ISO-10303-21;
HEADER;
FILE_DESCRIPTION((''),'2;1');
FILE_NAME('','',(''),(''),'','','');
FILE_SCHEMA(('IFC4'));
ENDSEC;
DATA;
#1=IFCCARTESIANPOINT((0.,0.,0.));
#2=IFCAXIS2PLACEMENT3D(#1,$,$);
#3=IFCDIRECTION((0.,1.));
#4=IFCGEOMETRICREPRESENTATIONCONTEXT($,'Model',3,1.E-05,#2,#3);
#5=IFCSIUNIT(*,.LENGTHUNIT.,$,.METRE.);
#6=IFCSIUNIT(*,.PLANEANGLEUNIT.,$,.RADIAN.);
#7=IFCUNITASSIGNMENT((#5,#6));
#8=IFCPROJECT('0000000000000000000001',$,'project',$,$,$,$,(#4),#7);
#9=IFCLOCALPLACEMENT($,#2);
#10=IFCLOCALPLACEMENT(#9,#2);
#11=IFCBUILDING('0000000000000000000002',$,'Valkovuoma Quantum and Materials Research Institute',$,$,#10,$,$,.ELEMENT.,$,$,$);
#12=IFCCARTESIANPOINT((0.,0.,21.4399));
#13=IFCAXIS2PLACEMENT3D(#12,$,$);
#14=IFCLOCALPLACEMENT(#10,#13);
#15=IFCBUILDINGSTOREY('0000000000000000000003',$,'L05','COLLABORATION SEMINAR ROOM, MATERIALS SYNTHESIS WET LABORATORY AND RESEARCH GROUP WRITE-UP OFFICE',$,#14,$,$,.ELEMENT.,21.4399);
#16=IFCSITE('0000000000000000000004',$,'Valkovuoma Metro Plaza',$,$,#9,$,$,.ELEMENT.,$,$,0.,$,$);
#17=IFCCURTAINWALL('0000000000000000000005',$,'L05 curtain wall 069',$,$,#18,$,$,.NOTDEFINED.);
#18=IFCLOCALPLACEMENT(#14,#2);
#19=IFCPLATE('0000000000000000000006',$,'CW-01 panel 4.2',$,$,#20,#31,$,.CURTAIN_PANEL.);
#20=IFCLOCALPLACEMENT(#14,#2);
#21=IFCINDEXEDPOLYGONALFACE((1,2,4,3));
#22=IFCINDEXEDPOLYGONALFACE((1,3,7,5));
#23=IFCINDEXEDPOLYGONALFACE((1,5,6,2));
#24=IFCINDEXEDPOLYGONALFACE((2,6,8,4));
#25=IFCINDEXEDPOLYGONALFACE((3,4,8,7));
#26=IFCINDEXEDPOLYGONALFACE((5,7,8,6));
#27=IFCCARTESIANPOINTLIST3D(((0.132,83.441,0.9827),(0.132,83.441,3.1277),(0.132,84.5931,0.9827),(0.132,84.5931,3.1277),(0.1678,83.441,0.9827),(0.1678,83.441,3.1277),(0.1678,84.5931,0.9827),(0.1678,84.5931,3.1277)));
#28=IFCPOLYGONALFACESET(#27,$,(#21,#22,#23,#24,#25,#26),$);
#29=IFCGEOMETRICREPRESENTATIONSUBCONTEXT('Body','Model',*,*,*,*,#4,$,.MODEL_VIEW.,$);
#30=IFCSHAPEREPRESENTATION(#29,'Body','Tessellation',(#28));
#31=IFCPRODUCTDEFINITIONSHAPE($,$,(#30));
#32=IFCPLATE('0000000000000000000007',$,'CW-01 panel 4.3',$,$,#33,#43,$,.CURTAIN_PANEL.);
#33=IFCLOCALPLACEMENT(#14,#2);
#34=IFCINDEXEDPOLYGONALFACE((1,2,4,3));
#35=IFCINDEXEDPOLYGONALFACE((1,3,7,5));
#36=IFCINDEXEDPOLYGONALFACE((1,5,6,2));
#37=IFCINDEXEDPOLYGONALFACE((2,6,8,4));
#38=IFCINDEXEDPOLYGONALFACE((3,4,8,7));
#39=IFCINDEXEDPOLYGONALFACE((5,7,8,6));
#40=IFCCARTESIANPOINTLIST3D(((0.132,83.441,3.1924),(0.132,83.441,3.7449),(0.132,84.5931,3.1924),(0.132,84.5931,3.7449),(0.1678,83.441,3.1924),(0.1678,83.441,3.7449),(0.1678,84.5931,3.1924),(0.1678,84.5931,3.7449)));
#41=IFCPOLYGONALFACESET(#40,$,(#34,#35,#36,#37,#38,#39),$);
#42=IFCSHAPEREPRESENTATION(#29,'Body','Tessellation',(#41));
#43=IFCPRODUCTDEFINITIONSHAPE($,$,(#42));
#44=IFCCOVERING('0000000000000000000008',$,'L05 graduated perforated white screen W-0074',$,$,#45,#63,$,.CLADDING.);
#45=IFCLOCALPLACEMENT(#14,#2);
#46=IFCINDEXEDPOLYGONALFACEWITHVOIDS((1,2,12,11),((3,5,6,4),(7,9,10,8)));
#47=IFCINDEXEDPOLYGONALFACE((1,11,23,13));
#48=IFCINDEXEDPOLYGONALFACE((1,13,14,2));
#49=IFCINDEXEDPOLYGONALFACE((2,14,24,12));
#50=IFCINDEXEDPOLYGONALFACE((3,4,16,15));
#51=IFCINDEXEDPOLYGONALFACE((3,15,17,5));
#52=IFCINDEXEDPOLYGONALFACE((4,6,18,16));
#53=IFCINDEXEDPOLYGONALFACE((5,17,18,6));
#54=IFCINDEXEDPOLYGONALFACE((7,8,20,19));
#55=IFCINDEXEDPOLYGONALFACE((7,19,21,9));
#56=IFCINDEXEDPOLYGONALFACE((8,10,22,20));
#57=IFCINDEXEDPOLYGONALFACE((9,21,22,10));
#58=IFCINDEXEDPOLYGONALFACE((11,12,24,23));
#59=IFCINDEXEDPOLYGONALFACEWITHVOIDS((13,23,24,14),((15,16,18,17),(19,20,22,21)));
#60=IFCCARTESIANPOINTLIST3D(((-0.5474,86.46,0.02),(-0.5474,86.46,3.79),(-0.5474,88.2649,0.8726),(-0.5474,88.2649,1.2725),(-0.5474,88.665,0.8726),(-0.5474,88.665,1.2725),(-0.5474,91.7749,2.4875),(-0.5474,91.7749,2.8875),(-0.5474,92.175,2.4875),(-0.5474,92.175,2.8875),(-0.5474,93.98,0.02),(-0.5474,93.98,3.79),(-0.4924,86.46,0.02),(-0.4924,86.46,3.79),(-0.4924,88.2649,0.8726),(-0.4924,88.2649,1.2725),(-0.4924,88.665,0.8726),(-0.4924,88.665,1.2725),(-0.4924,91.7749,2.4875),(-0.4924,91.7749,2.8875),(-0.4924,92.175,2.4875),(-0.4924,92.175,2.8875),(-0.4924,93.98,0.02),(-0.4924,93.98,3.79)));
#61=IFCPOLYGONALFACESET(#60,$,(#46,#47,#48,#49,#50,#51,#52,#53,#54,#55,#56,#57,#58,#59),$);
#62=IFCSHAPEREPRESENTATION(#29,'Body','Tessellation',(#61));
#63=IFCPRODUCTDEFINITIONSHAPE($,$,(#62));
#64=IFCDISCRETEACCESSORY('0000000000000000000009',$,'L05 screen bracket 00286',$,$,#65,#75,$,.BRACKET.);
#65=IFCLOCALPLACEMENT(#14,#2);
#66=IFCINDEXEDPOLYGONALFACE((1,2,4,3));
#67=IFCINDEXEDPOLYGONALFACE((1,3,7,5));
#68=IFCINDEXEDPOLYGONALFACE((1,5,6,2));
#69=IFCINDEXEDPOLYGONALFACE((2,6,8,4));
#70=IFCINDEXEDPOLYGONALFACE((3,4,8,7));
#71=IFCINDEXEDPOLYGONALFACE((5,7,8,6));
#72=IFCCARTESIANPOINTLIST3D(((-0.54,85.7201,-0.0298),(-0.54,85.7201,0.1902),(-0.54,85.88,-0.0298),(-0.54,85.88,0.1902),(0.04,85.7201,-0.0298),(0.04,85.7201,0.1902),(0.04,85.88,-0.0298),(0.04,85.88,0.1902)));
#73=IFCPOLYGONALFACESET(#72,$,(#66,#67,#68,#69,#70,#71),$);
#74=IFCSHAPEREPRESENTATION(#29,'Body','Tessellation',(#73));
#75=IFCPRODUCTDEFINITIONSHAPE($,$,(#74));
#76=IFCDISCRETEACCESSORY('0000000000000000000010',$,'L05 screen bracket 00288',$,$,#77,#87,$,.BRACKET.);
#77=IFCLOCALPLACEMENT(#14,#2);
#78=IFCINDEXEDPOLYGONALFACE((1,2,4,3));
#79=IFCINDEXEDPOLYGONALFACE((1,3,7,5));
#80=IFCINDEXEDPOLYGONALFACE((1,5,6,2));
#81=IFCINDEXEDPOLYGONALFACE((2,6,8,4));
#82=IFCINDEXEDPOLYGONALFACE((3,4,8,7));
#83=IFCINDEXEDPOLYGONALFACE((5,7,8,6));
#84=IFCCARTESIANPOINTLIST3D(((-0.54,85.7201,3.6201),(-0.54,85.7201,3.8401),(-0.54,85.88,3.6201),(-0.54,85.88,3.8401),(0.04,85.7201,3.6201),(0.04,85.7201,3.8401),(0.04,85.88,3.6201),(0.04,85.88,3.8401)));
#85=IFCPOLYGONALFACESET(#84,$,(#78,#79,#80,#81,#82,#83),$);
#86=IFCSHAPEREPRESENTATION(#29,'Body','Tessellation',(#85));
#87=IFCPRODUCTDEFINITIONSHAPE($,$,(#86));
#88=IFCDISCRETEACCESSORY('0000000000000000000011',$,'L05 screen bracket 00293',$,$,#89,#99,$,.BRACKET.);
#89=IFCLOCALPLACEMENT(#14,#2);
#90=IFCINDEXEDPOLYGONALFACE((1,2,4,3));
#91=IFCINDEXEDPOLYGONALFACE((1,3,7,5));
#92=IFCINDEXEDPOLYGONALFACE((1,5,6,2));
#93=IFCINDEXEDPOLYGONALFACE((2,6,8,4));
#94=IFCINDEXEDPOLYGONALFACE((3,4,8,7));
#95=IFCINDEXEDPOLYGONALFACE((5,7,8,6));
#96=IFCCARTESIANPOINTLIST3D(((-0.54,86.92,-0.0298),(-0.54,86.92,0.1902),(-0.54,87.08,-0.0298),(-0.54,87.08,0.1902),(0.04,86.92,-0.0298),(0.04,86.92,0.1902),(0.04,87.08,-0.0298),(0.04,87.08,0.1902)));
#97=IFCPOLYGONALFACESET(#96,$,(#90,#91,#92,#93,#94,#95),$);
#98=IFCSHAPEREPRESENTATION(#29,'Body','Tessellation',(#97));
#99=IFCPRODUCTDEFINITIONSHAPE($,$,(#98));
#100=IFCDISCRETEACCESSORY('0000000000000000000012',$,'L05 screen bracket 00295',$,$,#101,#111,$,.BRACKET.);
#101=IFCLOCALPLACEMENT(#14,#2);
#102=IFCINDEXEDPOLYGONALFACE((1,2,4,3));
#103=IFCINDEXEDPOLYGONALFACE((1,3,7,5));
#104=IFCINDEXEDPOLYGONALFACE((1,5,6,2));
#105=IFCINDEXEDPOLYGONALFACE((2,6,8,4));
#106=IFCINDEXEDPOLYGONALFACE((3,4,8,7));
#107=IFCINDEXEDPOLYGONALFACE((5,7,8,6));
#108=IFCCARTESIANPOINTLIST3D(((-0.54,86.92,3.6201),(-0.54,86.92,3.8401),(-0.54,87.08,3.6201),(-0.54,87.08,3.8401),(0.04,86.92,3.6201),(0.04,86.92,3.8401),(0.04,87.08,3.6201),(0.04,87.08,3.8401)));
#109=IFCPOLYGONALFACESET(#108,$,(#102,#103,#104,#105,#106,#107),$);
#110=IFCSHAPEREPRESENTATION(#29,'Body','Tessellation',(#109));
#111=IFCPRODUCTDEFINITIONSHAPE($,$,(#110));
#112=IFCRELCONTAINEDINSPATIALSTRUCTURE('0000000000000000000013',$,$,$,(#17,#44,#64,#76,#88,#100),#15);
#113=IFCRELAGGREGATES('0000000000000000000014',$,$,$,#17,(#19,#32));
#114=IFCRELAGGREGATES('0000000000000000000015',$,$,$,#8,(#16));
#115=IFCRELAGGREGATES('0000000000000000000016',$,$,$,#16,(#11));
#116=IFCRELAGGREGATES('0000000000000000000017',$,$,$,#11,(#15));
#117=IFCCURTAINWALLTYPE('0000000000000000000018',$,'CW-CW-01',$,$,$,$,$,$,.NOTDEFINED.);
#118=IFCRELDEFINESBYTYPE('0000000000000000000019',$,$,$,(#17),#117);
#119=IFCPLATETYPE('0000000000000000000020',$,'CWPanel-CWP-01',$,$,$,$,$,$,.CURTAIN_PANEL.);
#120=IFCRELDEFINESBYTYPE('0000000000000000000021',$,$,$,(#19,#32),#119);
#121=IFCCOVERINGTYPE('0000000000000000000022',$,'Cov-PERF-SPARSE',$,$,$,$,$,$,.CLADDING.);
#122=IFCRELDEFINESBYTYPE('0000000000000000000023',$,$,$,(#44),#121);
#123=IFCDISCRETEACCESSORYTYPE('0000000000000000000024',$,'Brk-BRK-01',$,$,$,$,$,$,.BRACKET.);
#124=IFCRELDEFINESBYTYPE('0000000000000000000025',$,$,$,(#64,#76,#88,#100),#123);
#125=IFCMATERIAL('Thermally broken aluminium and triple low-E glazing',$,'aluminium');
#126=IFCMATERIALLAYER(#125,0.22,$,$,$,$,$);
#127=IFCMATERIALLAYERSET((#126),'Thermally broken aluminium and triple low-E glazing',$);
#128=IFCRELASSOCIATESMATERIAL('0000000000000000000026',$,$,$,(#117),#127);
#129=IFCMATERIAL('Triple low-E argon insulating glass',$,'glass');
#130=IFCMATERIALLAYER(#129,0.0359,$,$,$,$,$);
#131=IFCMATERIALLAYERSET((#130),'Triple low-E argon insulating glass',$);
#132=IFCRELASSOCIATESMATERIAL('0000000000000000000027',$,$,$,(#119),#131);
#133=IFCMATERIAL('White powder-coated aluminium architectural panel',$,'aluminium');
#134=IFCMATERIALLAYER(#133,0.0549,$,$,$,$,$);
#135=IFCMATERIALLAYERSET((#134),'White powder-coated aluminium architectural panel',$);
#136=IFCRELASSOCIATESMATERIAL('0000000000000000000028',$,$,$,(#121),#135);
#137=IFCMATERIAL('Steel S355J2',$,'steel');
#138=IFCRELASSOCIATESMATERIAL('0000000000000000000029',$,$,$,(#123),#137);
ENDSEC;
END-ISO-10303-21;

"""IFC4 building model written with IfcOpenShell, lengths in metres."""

from ifc_helpers import new_model, si_unit, direction, frame, origin, origin_2d, place, context, subcontext, project, spatial, polyline, rectangle, outline, extrude, material, layer, layer_set, type_object, element, aggregate, save


model = new_model("IFC4")

# Units and contexts
model_context = context("Model", 3, precision=1e-05, world=origin(), true_north=direction((0.0, 1.0)))
body_context = subcontext(model_context, "Body", "Model", "MODEL_VIEW")
ifc_project = project(units=[si_unit("LENGTHUNIT", "METRE"), si_unit("PLANEANGLEUNIT", "RADIAN")], contexts=[model_context])

# Site, building, storey
site_placement = place(None, origin())
site = spatial("IfcSite", under=ifc_project, at=site_placement, Name="Valkovuoma Metro Plaza", CompositionType="ELEMENT", RefElevation=0.0)
building_placement = place(site_placement, origin())
building = spatial("IfcBuilding", under=site, at=building_placement, Name="Valkovuoma Quantum and Materials Research Institute", CompositionType="ELEMENT")
storey_placement = place(building_placement, frame((0.0, 0.0, 21.4399)))
storey = spatial("IfcBuildingStorey", under=building, at=storey_placement, Name="L05", Description="COLLABORATION SEMINAR ROOM, MATERIALS SYNTHESIS WET LABORATORY AND RESEARCH GROUP WRITE-UP OFFICE", CompositionType="ELEMENT", Elevation=21.4399)

# Curtain wall, plates
ifc_material_1 = material(Name="Thermally broken aluminium and triple low-E glazing", Category="aluminium")
ifc_layer_1 = layer(ifc_material_1, 0.22)
ifc_layer_set_1 = layer_set([ifc_layer_1], Name="Thermally broken aluminium and triple low-E glazing")
curtain_wall_type = type_object("IfcCurtainWallType", Name="CW-CW-01", PredefinedType="NOTDEFINED", material=ifc_layer_set_1)
curtain_wall_placement = place(storey_placement, origin())
curtain_wall = element("IfcCurtainWall", 1, at=curtain_wall_placement, inside=storey, type_object=curtain_wall_type, Name="L05 curtain wall 069", PredefinedType="NOTDEFINED")
ifc_material_2 = material(Name="Triple low-E argon insulating glass", Category="glass")
ifc_layer_2 = layer(ifc_material_2, 0.0359)
ifc_layer_set_2 = layer_set([ifc_layer_2], Name="Triple low-E argon insulating glass")
plate_type = type_object("IfcPlateType", Name="CWPanel-CWP-01", PredefinedType="CURTAIN_PANEL", material=ifc_layer_set_2)
plate_1_placement = place(storey_placement, frame((0.1499, 84.0171, 0.9827), z_axis=(0.0, 0.0, 1.0), x_axis=(0.0, 1.0, 0.0)))
plate_1 = element("IfcPlate", 2, at=plate_1_placement, type_object=plate_type, Name="CW-01 panel 4.2", PredefinedType="CURTAIN_PANEL", context=body_context, shape_type="SweptSolid", body=[
    extrude(rectangle(XDim=1.1521, YDim=0.0359, at=origin_2d()), origin(), (0.0, 0.0, 1.0), 2.145),
])
plate_2_placement = place(storey_placement, frame((0.1499, 84.0171, 3.1924), z_axis=(0.0, 0.0, 1.0), x_axis=(0.0, 1.0, 0.0)))
plate_2 = element("IfcPlate", 3, at=plate_2_placement, type_object=plate_type, Name="CW-01 panel 4.3", PredefinedType="CURTAIN_PANEL", context=body_context, shape_type="SweptSolid", body=[
    extrude(rectangle(XDim=1.1521, YDim=0.0359, at=origin_2d()), origin(), (0.0, 0.0, 1.0), 0.5525),
])
aggregate(curtain_wall, [plate_1, plate_2])

# Covering
ifc_material_3 = material(Name="White powder-coated aluminium architectural panel", Category="aluminium")
ifc_layer_3 = layer(ifc_material_3, 0.0549)
ifc_layer_set_3 = layer_set([ifc_layer_3], Name="White powder-coated aluminium architectural panel")
covering_type = type_object("IfcCoveringType", Name="Cov-PERF-SPARSE", PredefinedType="CLADDING", material=ifc_layer_set_3)
covering_placement = place(storey_placement, frame((-0.52, 86.46, 0.02), z_axis=(0.0, 0.0, 1.0), x_axis=(0.0, 1.0, 0.0)))
element("IfcCovering", 4, at=covering_placement, inside=storey, type_object=covering_type, Name="L05 graduated perforated white screen W-0074", PredefinedType="CLADDING", context=body_context, shape_type="SweptSolid", body=[
    extrude(outline(polyline([(0.0, 0.0), (7.52, 0.0), (7.52, 3.77), (0.0, 3.77), (0.0, 0.0)]), holes=[polyline([(1.8049, 0.8525), (1.8049, 1.2524), (2.2051, 1.2524), (2.2051, 0.8525), (1.8049, 0.8525)]), polyline([(5.3149, 2.4675), (5.3149, 2.8674), (5.7151, 2.8674), (5.7151, 2.4675), (5.3149, 2.4675)])]), frame((0.0, 0.0273, 0.0), z_axis=(0.0, -1.0, 0.0), x_axis=(1.0, 0.0, 0.0)), (0.0, 0.0, 1.0), 0.0549),
])

# Discrete accessories
ifc_material_4 = material(Name="Steel S355J2", Category="steel")
discrete_accessory_type = type_object("IfcDiscreteAccessoryType", Name="Brk-BRK-01", PredefinedType="BRACKET", material=ifc_material_4)
for number, where, z_axis, x_axis, name in (
    (5, (-0.25, 85.8, -0.0298), (0.0, 0.0, 1.0), (1.0, 0.0, 0.0), "L05 screen bracket 00286"),
    (6, (-0.25, 85.8, 3.6201), (0.0, 0.0, 1.0), (1.0, 0.0, 0.0), "L05 screen bracket 00288"),
    (7, (-0.25, 87.0, -0.0298), (0.0, 0.0, 1.0), (1.0, 0.0, 0.0), "L05 screen bracket 00293"),
    (8, (-0.25, 87.0, 3.6201), (0.0, 0.0, 1.0), (1.0, 0.0, 0.0), "L05 screen bracket 00295"),
):
    element("IfcDiscreteAccessory", number, at=place(storey_placement, frame(where, z_axis=z_axis, x_axis=x_axis)), inside=storey, type_object=discrete_accessory_type, Name=name, PredefinedType="BRACKET", context=body_context, shape_type="SweptSolid", body=[
        extrude(rectangle(XDim=0.5801, YDim=0.1599, at=origin_2d()), origin(), (0.0, 0.0, 1.0), 0.22),
    ])

save(model, "model.ifc")
